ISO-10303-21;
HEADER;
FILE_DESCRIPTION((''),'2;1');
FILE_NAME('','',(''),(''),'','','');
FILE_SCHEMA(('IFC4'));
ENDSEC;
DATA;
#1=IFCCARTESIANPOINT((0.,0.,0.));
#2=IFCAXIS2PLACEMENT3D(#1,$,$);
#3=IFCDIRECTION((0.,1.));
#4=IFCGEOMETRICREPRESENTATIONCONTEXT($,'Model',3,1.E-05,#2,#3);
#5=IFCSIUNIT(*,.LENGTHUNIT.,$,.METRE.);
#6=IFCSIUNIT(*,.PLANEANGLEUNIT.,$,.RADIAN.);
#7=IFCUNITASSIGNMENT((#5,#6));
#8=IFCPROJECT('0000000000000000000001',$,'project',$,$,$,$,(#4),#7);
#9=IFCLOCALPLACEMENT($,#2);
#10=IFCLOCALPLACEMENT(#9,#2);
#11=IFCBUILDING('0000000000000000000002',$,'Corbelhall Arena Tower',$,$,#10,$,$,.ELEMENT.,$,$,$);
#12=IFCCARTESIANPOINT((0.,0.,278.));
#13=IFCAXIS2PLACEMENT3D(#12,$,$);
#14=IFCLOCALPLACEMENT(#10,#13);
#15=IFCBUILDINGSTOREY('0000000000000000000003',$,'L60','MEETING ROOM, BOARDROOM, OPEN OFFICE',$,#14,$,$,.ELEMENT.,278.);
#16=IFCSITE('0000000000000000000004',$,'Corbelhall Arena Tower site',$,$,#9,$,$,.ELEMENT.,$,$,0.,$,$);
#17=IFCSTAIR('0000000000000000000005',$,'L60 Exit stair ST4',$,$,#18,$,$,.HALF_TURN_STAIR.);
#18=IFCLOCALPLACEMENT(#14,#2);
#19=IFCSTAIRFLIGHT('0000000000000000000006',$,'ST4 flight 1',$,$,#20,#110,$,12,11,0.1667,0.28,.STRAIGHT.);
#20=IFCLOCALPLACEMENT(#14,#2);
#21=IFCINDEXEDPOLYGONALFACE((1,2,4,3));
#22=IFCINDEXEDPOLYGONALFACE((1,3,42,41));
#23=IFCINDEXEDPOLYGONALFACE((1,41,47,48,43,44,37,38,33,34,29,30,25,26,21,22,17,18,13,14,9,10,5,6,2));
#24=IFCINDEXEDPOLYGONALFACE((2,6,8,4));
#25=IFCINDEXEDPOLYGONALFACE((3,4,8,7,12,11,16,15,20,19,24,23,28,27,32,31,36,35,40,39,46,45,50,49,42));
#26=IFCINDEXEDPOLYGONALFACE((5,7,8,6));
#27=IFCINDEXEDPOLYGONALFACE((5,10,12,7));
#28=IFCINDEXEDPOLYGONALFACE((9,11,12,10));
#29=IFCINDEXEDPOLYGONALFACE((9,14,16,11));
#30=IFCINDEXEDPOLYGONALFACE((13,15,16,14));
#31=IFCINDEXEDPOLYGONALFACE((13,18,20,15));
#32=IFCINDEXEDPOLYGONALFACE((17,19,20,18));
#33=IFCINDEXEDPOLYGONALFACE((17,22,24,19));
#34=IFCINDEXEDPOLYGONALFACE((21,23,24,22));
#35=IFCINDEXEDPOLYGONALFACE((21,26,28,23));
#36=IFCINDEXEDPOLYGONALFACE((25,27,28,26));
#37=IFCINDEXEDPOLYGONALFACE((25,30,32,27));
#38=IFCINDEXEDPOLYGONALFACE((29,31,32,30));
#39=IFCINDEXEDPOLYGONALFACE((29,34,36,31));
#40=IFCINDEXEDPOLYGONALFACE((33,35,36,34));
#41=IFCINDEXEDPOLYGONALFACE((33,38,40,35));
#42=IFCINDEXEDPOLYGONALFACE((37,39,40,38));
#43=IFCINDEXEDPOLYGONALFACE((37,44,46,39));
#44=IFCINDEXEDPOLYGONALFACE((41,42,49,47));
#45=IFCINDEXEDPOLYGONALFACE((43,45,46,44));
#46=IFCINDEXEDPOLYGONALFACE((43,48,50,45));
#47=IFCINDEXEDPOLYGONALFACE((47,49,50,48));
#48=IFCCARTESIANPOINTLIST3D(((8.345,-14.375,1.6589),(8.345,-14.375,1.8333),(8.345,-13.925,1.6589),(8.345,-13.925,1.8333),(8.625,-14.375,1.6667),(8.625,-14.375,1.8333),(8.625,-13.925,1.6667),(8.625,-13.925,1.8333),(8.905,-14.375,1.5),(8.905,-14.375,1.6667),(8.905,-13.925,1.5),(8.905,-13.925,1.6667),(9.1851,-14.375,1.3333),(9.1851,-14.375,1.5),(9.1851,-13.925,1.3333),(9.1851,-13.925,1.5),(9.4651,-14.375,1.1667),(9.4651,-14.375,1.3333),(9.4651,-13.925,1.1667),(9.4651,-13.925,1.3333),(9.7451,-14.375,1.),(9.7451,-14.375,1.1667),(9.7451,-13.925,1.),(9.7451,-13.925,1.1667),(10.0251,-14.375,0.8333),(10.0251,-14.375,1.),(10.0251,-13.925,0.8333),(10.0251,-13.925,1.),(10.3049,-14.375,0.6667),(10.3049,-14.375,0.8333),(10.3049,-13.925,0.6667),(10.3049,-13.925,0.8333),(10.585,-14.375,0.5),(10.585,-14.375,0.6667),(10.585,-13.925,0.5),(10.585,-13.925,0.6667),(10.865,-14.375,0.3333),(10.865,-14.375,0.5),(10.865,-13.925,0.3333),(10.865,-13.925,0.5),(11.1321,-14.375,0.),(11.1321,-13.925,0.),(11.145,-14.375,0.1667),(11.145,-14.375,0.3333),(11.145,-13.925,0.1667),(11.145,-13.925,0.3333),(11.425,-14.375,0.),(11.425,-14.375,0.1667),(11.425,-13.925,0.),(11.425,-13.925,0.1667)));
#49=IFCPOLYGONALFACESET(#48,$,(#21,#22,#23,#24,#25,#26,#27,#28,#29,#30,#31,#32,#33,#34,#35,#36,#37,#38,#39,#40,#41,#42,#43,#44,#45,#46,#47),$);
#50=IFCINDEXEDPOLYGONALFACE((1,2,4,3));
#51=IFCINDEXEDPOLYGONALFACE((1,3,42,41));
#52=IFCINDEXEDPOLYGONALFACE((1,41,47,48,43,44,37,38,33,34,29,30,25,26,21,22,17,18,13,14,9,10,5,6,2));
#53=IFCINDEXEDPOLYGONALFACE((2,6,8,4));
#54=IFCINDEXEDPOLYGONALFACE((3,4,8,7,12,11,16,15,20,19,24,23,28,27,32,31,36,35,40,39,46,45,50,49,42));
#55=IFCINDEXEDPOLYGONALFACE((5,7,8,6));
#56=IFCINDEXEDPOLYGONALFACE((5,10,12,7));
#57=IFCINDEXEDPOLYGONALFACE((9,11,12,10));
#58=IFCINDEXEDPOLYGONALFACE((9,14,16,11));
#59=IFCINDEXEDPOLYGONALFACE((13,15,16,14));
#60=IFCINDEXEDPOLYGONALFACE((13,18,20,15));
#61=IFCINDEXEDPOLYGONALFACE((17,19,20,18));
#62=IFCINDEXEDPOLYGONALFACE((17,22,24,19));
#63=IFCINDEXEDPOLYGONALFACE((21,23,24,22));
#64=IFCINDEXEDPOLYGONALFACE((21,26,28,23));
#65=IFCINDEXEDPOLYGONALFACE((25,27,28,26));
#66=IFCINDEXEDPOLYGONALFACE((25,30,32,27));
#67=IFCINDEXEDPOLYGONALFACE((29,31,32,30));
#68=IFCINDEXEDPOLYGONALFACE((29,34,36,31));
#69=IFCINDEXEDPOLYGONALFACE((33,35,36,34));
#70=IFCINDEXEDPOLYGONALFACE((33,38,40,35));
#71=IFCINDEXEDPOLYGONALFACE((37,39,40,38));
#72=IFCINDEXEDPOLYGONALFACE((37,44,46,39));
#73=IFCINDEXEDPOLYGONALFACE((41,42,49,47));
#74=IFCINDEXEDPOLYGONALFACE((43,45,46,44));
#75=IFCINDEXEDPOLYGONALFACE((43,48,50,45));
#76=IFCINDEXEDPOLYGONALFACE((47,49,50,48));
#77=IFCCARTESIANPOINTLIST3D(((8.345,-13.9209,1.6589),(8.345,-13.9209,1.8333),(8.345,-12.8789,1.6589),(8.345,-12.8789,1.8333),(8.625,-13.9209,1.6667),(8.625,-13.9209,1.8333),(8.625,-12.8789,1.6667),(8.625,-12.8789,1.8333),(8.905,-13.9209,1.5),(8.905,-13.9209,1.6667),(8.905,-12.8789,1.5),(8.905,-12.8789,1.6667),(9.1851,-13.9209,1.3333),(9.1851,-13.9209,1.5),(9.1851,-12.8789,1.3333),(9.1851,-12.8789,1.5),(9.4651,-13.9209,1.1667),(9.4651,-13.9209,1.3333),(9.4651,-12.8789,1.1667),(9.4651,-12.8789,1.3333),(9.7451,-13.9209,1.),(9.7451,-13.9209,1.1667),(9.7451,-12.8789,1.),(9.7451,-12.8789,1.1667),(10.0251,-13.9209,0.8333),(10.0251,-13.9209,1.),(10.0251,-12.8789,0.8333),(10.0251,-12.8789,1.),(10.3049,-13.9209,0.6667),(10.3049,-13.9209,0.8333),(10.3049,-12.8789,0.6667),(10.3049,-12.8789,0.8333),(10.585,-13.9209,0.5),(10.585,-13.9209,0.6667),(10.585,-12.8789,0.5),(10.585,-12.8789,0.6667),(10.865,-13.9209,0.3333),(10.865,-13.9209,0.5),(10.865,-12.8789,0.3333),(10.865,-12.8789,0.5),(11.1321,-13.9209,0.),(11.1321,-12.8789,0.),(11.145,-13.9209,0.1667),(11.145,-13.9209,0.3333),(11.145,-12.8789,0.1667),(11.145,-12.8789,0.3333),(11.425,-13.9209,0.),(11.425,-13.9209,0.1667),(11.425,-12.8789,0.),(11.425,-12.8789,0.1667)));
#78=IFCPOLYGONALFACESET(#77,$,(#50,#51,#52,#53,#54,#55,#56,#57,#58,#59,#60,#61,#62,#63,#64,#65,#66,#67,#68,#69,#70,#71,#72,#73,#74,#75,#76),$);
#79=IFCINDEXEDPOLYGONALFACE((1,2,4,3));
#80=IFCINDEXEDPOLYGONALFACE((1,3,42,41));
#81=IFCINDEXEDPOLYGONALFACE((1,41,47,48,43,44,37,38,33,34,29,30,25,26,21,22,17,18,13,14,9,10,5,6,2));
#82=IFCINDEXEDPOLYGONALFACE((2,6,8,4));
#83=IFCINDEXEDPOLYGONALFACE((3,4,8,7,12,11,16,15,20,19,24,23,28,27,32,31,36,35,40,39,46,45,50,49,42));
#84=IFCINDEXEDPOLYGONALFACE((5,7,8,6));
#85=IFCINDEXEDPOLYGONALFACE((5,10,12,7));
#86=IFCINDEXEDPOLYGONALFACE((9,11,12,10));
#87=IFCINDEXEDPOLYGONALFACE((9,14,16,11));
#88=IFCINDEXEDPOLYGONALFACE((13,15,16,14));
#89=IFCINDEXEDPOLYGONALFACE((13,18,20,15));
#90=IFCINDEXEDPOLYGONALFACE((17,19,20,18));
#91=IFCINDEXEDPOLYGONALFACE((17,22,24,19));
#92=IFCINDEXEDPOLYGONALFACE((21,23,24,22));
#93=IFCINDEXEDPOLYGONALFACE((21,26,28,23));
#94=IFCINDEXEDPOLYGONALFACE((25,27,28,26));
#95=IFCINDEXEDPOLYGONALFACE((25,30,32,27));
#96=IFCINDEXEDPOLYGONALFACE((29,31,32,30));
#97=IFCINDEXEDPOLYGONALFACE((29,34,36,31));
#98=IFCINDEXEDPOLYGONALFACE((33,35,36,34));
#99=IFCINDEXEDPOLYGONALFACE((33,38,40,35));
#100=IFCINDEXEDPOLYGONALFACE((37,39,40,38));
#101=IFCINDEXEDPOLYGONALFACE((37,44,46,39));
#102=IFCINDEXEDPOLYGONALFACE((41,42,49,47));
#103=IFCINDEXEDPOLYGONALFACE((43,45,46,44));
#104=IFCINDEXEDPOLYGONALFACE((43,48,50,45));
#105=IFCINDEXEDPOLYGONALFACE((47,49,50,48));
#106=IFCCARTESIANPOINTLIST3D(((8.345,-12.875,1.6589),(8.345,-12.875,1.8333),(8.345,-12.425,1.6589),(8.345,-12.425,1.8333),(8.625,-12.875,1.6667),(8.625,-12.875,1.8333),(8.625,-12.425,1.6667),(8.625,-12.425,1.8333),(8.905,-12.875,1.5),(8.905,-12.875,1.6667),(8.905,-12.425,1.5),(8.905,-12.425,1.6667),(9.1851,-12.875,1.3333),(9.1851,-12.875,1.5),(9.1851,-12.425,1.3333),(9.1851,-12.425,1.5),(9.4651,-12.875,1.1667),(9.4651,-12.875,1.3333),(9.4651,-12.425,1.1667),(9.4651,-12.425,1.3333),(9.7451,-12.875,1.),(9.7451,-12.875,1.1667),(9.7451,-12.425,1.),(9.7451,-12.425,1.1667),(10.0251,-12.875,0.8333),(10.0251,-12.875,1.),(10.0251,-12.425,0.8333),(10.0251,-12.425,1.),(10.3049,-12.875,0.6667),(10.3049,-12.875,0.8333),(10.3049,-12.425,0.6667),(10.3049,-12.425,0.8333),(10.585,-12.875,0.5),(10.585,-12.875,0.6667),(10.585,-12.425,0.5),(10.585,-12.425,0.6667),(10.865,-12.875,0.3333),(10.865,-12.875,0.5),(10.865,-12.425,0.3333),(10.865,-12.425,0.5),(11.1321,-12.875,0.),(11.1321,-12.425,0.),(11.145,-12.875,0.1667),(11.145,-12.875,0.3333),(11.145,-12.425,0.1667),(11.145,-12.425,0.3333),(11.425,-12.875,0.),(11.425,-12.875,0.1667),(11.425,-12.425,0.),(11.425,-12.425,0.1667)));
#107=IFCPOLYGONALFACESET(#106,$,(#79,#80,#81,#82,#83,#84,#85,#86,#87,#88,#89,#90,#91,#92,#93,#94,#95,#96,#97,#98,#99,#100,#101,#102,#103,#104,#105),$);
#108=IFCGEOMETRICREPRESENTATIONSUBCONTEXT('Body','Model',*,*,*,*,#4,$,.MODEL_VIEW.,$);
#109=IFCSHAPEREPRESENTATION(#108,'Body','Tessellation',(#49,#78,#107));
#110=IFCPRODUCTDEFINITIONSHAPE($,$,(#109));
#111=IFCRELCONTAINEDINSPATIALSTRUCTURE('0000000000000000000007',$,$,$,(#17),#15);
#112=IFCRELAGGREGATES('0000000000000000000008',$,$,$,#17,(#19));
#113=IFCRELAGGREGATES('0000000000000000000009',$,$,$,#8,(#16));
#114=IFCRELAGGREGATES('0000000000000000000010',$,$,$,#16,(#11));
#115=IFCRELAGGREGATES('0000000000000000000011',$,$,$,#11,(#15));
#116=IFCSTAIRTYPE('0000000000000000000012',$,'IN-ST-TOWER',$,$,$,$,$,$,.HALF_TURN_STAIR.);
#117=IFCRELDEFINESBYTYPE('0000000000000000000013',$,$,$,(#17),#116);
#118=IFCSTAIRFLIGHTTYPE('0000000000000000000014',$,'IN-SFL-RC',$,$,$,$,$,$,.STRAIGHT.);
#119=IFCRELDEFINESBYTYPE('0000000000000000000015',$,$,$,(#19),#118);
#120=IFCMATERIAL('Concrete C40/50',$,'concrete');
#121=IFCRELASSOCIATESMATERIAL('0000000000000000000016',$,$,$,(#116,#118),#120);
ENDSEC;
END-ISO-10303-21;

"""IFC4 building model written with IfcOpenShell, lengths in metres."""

from ifc_helpers import new_model, si_unit, direction, frame, origin, place, context, subcontext, project, spatial, polyline, outline, extrude, material, type_object, element, aggregate, save


model = new_model("IFC4")

# Units and contexts
model_context = context("Model", 3, precision=1e-05, world=origin(), true_north=direction((0.0, 1.0)))
body_context = subcontext(model_context, "Body", "Model", "MODEL_VIEW")
ifc_project = project(units=[si_unit("LENGTHUNIT", "METRE"), si_unit("PLANEANGLEUNIT", "RADIAN")], contexts=[model_context])

# Site, building, storey
site_placement = place(None, origin())
site = spatial("IfcSite", under=ifc_project, at=site_placement, Name="Corbelhall Arena Tower site", CompositionType="ELEMENT", RefElevation=0.0)
building_placement = place(site_placement, origin())
building = spatial("IfcBuilding", under=site, at=building_placement, Name="Corbelhall Arena Tower", CompositionType="ELEMENT")
storey_placement = place(building_placement, frame((0.0, 0.0, 278.0)))
storey = spatial("IfcBuildingStorey", under=building, at=storey_placement, Name="L60", Description="MEETING ROOM, BOARDROOM, OPEN OFFICE", CompositionType="ELEMENT", Elevation=278.0)

# Shared definitions
ifc_material_1 = material(Name="Concrete C40/50", Category="concrete")

# Stair, stair flight
stair_type = type_object("IfcStairType", Name="IN-ST-TOWER", PredefinedType="HALF_TURN_STAIR", material=ifc_material_1)
stair_placement = place(storey_placement, origin())
stair = element("IfcStair", 1, at=stair_placement, inside=storey, type_object=stair_type, Name="L60 Exit stair ST4", PredefinedType="HALF_TURN_STAIR")
stair_flight_type = type_object("IfcStairFlightType", Name="IN-SFL-RC", PredefinedType="STRAIGHT", material=ifc_material_1)
stair_flight_1_placement = place(storey_placement, frame((11.425, -13.3999, 0.0), z_axis=(0.0, 0.0, 1.0), x_axis=(-1.0, 0.0, 0.0)))
stair_flight_1 = element("IfcStairFlight", 2, at=stair_flight_1_placement, type_object=stair_flight_type, Name="ST4 flight 1", NumberOfRisers=12, NumberOfTreads=11, PredefinedType="STRAIGHT", RiserHeight=0.1667, TreadLength=0.28, context=body_context, shape_type="SweptSolid", body=[
    extrude(outline(polyline([(0.0, 0.0), (0.0, 0.1667), (0.28, 0.1667), (0.28, 0.3333), (0.5601, 0.3333), (0.5601, 0.5), (0.8401, 0.5), (0.8401, 0.6667), (1.1201, 0.6667), (1.1201, 0.8333), (1.3999, 0.8333), (1.3999, 1.0), (1.6799, 1.0), (1.6799, 1.1667), (1.96, 1.1667), (1.96, 1.3333), (2.24, 1.3333), (2.24, 1.5), (2.52, 1.5), (2.52, 1.6667), (2.8, 1.6667), (2.8, 1.8333), (3.0801, 1.8333), (3.0801, 2.0), (3.0801, 1.6589), (0.293, 0.0), (0.0, 0.0)])), frame((0.0, 0.9751, 0.0), z_axis=(0.0, -1.0, 0.0), x_axis=(1.0, 0.0, 0.0)), (0.0, 0.0, 1.0), 0.45),
    extrude(outline(polyline([(0.0, 0.0), (0.0, 0.1667), (0.28, 0.1667), (0.28, 0.3333), (0.5601, 0.3333), (0.5601, 0.5), (0.8401, 0.5), (0.8401, 0.6667), (1.1201, 0.6667), (1.1201, 0.8333), (1.3999, 0.8333), (1.3999, 1.0), (1.6799, 1.0), (1.6799, 1.1667), (1.96, 1.1667), (1.96, 1.3333), (2.24, 1.3333), (2.24, 1.5), (2.52, 1.5), (2.52, 1.6667), (2.8, 1.6667), (2.8, 1.8333), (3.0801, 1.8333), (3.0801, 2.0), (3.0801, 1.6589), (0.293, 0.0), (0.0, 0.0)])), frame((0.0, 0.521, 0.0), z_axis=(0.0, -1.0, 0.0), x_axis=(1.0, 0.0, 0.0)), (0.0, 0.0, 1.0), 1.042),
    extrude(outline(polyline([(0.0, 0.0), (0.0, 0.1667), (0.28, 0.1667), (0.28, 0.3333), (0.5601, 0.3333), (0.5601, 0.5), (0.8401, 0.5), (0.8401, 0.6667), (1.1201, 0.6667), (1.1201, 0.8333), (1.3999, 0.8333), (1.3999, 1.0), (1.6799, 1.0), (1.6799, 1.1667), (1.96, 1.1667), (1.96, 1.3333), (2.24, 1.3333), (2.24, 1.5), (2.52, 1.5), (2.52, 1.6667), (2.8, 1.6667), (2.8, 1.8333), (3.0801, 1.8333), (3.0801, 2.0), (3.0801, 1.6589), (0.293, 0.0), (0.0, 0.0)])), frame((0.0, -0.5249, 0.0), z_axis=(0.0, -1.0, 0.0), x_axis=(1.0, 0.0, 0.0)), (0.0, 0.0, 1.0), 0.45),
])
aggregate(stair, [stair_flight_1])

save(model, "model.ifc")
